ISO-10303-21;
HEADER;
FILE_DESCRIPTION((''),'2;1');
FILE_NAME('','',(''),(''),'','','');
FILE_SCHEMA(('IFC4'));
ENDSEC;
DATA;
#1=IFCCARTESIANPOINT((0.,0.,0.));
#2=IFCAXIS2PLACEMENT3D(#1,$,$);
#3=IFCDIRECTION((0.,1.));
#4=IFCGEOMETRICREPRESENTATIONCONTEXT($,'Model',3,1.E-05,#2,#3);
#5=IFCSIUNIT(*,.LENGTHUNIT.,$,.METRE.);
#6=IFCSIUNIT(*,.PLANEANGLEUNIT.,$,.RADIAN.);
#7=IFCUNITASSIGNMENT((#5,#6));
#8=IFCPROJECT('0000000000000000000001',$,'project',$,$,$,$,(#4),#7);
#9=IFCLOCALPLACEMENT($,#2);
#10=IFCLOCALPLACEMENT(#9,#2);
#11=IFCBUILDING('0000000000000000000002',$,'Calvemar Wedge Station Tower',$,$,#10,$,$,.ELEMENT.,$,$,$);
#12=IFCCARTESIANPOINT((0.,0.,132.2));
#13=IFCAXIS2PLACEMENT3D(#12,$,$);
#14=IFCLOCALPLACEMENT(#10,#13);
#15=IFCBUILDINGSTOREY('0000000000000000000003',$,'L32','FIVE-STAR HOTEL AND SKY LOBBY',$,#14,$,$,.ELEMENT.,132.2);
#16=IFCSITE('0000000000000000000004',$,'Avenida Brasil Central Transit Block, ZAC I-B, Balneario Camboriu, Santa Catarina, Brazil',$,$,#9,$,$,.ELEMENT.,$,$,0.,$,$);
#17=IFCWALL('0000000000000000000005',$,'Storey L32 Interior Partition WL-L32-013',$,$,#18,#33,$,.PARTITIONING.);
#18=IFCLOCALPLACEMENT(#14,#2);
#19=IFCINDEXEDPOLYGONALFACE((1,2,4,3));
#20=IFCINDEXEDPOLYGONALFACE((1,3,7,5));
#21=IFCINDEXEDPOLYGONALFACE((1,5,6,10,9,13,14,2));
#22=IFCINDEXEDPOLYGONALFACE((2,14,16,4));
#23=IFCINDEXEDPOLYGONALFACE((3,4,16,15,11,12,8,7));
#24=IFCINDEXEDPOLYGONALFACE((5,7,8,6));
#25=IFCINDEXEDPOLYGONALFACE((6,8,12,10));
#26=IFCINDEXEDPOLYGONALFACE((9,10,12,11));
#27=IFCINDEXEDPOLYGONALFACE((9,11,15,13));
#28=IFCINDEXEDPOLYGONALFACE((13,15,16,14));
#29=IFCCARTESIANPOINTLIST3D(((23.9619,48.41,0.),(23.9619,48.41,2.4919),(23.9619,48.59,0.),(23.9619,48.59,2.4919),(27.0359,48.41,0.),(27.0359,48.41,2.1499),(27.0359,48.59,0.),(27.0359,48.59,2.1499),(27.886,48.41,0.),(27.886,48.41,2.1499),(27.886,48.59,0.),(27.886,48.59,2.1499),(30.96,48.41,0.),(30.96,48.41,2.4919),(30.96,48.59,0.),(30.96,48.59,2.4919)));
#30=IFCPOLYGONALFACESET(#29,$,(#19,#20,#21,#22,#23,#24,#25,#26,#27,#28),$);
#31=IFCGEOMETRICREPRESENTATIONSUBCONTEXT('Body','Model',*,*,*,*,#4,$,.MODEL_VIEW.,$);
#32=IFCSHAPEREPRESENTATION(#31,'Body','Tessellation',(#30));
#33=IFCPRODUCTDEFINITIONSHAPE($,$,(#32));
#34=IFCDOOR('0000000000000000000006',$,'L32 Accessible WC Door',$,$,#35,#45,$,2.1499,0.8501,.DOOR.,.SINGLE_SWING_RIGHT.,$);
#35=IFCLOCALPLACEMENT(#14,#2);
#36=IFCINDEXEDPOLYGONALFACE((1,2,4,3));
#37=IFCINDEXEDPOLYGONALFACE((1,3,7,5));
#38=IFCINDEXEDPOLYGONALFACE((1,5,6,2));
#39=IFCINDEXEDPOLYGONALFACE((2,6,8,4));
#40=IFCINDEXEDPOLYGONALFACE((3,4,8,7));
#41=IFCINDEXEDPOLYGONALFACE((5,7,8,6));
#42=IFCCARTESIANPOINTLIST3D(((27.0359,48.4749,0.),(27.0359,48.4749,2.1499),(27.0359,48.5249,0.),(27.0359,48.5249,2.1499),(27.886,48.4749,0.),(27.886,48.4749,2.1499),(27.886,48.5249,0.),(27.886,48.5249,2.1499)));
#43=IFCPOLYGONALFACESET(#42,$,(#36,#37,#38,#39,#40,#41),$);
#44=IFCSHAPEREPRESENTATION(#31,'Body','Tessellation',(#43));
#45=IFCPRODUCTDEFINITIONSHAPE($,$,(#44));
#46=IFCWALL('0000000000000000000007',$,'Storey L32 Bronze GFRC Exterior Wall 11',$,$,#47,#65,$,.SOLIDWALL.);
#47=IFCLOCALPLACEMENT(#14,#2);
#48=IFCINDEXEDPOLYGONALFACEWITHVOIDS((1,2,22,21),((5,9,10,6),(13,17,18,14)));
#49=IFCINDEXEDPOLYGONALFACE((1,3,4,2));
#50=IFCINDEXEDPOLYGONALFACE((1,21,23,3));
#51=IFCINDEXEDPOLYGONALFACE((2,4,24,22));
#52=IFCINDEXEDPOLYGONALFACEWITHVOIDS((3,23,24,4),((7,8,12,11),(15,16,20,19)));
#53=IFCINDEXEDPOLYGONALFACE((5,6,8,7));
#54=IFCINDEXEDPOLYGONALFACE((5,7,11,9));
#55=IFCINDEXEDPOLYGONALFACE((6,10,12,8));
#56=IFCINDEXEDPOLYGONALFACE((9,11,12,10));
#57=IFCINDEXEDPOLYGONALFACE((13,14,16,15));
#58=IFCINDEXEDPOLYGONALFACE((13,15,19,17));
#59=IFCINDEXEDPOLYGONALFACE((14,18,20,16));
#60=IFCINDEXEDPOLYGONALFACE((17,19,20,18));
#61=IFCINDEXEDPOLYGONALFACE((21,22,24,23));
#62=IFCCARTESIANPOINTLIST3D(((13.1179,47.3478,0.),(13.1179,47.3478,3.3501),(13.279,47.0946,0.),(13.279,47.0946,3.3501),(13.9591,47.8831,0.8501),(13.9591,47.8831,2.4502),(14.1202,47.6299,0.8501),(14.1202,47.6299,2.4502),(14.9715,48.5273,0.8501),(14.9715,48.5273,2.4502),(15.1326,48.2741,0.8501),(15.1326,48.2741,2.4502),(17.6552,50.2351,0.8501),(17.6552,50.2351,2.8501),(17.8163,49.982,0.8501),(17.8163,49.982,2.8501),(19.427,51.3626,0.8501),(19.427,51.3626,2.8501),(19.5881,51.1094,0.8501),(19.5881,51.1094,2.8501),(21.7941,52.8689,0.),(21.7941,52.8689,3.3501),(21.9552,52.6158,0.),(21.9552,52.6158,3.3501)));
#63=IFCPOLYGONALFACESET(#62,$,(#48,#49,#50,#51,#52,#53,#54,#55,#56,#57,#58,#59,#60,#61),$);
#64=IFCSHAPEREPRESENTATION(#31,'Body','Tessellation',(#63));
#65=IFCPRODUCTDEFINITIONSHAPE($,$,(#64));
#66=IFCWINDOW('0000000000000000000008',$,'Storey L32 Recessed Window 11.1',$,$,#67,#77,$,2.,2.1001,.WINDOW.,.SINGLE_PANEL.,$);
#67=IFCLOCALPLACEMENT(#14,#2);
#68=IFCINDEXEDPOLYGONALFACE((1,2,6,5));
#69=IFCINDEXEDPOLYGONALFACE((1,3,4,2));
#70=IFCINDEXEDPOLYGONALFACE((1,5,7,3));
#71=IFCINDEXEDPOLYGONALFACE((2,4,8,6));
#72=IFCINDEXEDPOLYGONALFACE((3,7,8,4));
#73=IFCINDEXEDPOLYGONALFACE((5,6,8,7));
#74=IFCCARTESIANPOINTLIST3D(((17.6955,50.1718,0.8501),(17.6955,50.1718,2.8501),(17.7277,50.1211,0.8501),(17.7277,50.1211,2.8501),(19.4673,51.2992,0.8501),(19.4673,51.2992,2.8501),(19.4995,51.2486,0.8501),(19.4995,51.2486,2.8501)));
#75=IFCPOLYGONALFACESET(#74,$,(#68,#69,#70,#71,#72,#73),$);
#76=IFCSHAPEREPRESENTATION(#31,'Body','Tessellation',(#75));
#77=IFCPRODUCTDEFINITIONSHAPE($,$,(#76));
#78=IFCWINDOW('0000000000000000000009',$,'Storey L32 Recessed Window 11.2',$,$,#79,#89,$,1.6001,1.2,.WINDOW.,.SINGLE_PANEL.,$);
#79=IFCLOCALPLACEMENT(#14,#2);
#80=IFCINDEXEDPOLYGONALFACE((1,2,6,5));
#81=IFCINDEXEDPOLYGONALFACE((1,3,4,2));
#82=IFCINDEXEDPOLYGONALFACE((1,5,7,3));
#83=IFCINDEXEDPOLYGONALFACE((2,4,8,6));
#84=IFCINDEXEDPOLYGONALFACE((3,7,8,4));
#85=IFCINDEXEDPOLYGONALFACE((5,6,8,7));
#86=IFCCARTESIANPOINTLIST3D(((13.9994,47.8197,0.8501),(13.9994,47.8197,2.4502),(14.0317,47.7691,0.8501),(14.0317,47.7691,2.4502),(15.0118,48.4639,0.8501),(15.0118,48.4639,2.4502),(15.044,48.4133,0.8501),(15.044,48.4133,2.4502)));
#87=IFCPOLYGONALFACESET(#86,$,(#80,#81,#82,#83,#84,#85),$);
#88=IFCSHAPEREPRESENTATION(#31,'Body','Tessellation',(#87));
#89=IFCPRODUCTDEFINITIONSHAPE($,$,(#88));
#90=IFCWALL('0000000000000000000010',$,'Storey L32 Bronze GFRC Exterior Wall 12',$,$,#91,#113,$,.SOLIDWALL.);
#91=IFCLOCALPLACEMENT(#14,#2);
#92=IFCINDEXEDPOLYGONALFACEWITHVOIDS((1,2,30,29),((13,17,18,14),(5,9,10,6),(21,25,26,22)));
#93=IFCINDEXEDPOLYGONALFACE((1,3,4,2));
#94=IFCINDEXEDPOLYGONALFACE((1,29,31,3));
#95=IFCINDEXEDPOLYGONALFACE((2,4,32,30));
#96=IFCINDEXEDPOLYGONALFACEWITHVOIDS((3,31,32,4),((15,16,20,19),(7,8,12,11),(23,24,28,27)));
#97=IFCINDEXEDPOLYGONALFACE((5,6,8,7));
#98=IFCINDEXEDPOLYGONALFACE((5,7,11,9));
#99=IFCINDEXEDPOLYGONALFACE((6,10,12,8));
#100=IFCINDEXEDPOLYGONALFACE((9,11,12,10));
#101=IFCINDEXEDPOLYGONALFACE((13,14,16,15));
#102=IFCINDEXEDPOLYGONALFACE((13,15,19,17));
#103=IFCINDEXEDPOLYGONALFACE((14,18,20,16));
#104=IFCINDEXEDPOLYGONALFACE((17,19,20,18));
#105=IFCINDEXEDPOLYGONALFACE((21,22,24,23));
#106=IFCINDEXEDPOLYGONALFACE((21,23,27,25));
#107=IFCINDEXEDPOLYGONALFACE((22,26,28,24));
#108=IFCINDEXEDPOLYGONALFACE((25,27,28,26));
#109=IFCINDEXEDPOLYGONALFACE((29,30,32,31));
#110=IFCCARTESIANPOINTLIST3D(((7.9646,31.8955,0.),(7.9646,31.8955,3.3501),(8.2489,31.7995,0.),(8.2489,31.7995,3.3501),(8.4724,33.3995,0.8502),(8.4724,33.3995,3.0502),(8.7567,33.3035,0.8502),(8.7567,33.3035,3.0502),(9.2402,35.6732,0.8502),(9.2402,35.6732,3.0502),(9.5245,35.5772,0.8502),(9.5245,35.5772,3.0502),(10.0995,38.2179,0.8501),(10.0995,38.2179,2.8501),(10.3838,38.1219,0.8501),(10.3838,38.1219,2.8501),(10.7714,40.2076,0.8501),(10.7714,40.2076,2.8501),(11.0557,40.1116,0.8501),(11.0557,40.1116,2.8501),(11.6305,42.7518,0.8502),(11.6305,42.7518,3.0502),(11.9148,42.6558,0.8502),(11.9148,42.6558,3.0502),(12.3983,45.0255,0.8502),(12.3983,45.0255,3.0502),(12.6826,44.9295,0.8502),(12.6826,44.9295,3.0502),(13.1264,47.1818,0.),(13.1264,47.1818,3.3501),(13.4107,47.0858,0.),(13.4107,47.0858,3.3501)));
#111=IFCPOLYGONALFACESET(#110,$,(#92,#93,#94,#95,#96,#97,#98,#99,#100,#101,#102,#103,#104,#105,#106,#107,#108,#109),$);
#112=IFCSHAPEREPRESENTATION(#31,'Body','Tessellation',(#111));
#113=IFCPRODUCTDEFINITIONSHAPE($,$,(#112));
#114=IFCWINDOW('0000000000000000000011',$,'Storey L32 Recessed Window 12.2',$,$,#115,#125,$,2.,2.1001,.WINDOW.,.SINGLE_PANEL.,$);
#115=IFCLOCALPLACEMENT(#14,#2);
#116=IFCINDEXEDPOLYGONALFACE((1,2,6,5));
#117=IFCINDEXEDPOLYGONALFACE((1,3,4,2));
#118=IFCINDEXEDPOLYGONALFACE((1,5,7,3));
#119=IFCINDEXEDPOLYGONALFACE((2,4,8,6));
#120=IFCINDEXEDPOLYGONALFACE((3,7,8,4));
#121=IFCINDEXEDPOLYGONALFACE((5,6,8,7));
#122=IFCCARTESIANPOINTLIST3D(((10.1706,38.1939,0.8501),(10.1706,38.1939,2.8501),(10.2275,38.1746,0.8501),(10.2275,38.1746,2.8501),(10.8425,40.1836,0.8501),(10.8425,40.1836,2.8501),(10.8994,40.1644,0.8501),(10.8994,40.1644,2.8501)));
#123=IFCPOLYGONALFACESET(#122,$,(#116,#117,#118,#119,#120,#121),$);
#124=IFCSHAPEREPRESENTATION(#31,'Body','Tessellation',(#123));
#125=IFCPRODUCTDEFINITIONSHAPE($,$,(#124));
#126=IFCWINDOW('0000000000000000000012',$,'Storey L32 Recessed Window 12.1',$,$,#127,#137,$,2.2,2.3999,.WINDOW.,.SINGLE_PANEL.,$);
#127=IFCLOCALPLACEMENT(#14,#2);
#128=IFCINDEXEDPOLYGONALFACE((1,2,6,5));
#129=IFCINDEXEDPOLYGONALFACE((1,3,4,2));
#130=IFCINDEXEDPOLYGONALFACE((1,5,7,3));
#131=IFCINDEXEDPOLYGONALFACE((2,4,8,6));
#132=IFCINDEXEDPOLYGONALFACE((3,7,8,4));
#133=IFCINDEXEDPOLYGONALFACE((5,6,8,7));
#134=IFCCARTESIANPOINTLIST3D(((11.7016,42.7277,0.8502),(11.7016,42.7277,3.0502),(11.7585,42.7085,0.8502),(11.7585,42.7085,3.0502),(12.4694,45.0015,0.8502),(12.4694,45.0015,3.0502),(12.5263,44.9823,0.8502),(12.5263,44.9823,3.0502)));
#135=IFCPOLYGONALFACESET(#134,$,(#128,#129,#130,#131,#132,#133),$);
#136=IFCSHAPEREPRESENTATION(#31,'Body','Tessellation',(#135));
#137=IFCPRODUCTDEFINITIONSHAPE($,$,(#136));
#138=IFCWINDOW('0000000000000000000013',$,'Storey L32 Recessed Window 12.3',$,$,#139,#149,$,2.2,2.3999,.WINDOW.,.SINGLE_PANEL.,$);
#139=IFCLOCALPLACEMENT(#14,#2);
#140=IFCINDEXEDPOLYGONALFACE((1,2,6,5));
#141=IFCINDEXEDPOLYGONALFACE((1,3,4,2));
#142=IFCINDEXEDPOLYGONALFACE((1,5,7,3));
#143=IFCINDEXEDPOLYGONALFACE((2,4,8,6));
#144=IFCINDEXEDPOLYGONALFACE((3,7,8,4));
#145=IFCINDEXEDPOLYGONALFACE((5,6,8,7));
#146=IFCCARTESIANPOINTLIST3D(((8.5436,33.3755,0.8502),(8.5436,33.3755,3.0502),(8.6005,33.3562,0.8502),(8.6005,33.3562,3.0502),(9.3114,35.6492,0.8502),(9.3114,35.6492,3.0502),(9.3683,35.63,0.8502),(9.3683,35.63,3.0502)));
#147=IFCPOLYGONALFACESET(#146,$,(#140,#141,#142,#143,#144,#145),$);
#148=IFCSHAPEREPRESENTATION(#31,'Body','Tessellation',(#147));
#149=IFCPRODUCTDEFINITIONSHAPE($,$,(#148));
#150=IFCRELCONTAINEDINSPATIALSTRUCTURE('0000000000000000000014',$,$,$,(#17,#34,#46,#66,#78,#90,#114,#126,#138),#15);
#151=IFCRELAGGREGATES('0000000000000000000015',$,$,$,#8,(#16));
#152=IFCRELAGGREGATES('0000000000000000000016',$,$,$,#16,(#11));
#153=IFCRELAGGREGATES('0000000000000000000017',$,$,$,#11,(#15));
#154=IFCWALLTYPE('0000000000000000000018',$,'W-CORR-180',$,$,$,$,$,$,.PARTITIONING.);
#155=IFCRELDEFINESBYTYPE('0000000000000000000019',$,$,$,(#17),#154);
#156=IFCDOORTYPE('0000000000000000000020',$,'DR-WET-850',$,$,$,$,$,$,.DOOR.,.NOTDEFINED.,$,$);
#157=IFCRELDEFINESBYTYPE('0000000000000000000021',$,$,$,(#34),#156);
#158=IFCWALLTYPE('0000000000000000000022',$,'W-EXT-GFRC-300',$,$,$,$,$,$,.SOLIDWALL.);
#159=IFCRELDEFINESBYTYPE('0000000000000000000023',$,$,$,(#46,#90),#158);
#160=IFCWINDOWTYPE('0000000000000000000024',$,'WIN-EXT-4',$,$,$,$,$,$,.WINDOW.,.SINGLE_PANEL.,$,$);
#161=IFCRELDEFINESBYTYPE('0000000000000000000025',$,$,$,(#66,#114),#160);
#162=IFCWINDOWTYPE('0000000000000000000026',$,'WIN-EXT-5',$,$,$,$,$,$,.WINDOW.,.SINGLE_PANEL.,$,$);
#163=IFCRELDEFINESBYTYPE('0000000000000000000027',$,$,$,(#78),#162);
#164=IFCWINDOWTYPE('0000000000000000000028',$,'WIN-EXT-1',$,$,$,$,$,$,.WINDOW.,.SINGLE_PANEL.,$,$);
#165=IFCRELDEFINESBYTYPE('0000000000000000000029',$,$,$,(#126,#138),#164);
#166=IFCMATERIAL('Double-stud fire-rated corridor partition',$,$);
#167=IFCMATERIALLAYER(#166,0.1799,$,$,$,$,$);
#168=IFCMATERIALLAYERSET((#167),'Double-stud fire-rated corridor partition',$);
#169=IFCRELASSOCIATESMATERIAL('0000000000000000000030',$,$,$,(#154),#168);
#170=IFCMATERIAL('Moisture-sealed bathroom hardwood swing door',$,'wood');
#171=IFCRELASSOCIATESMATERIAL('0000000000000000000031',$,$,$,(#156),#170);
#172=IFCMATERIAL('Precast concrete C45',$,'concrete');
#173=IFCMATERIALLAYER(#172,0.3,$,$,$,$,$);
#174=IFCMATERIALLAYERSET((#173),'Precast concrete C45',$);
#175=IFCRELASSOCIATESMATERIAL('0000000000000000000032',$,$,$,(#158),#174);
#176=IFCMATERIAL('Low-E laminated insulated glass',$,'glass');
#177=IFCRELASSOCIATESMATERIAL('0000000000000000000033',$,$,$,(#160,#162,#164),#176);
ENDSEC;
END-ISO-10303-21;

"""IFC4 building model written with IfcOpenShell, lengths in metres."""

from ifc_helpers import new_model, si_unit, direction, frame, frame_2d, origin, place, context, subcontext, project, spatial, rectangle, extrude, source, transform, mapped, material, layer, layer_set, type_object, element, fill, save


model = new_model("IFC4")

# Units and contexts
model_context = context("Model", 3, precision=1e-05, world=origin(), true_north=direction((0.0, 1.0)))
body_context = subcontext(model_context, "Body", "Model", "MODEL_VIEW")
ifc_project = project(units=[si_unit("LENGTHUNIT", "METRE"), si_unit("PLANEANGLEUNIT", "RADIAN")], contexts=[model_context])

# Site, building, storey
site_placement = place(None, origin())
site = spatial("IfcSite", under=ifc_project, at=site_placement, Name="Avenida Brasil Central Transit Block, ZAC I-B, Balneario Camboriu, Santa Catarina, Brazil", CompositionType="ELEMENT", RefElevation=0.0)
building_placement = place(site_placement, origin())
building = spatial("IfcBuilding", under=site, at=building_placement, Name="Calvemar Wedge Station Tower", CompositionType="ELEMENT")
storey_placement = place(building_placement, frame((0.0, 0.0, 132.2)))
storey = spatial("IfcBuildingStorey", under=building, at=storey_placement, Name="L32", Description="FIVE-STAR HOTEL AND SKY LOBBY", CompositionType="ELEMENT", Elevation=132.2)

# Shared definitions
ifc_material_1 = material(Name="Precast concrete C45", Category="concrete")

# Shared definitions
ifc_material_2 = material(Name="Double-stud fire-rated corridor partition")
ifc_layer_1 = layer(ifc_material_2, 0.1799)
ifc_layer_set_1 = layer_set([ifc_layer_1], Name="Double-stud fire-rated corridor partition")
wall_type_1 = type_object("IfcWallType", Name="W-CORR-180", PredefinedType="PARTITIONING", material=ifc_layer_set_1)

# Wall, opening, door
wall_1_placement = place(storey_placement, frame((23.9619, 48.5, 0.0), z_axis=(0.0, 0.0, 1.0), x_axis=(1.0, 0.0, 0.0)))
wall_1 = element("IfcWall", 1, at=wall_1_placement, inside=storey, type_object=wall_type_1, Name="Storey L32 Interior Partition WL-L32-013", PredefinedType="PARTITIONING", context=body_context, shape_type="SweptSolid", body=[
    extrude(rectangle(XDim=6.998, YDim=0.1799, at=frame_2d((3.499, 0.0))), origin(), (0.0, 0.0, 1.0), 2.4919),
])
shared_shape_1 = source(origin(), body_context, "Body", "SweptSolid", [
    extrude(rectangle(XDim=0.8501, YDim=2.1499, at=frame_2d((0.425, 1.075))), frame((0.0, 0.1001, 0.0), z_axis=(0.0, -1.0, 0.0), x_axis=(1.0, 0.0, 0.0)), (0.0, 0.0, 1.0), 0.2),
])
opening_1_placement = place(wall_1_placement, frame((3.074, 0.0, 0.0)))
opening_1 = element("IfcOpeningElement", 2, at=opening_1_placement, cuts=wall_1, PredefinedType="OPENING", context=body_context, shape_type="MappedRepresentation", body=[
    mapped(shared_shape_1, transform((0.0, 0.0, 0.0), scale=1.0)),
])
ifc_material_3 = material(Name="Moisture-sealed bathroom hardwood swing door", Category="wood")
door_type_1 = type_object("IfcDoorType", Name="DR-WET-850", OperationType="NOTDEFINED", PredefinedType="DOOR", material=ifc_material_3)
shared_shape_2 = source(origin(), body_context, "Body", "SweptSolid", [
    extrude(rectangle(XDim=0.8501, YDim=2.1499, at=frame_2d((0.425, 1.075))), frame((0.0, 0.0249, 0.0), z_axis=(0.0, -1.0, 0.0), x_axis=(1.0, 0.0, 0.0)), (0.0, 0.0, 1.0), 0.05),
])
door_1_placement = place(opening_1_placement, origin())
door_1 = element("IfcDoor", 3, at=door_1_placement, inside=storey, type_object=door_type_1, Name="L32 Accessible WC Door", OperationType="SINGLE_SWING_RIGHT", OverallHeight=2.1499, OverallWidth=0.8501, PredefinedType="DOOR", context=body_context, shape_type="MappedRepresentation", body=[
    mapped(shared_shape_2, transform((0.0, 0.0, 0.0), scale=1.0)),
])
fill(opening_1, door_1)

# Walls, openings, windows
ifc_layer_2 = layer(ifc_material_1, 0.3)
ifc_layer_set_2 = layer_set([ifc_layer_2], Name="Precast concrete C45")
wall_type_2 = type_object("IfcWallType", Name="W-EXT-GFRC-300", PredefinedType="SOLIDWALL", material=ifc_layer_set_2)
wall_2_placement = place(storey_placement, frame((21.8748, 52.7424, 0.0), z_axis=(0.0, 0.0, 1.0), x_axis=(-0.843662, -0.536874, 0.0)))
wall_2 = element("IfcWall", 4, at=wall_2_placement, inside=storey, type_object=wall_type_2, Name="Storey L32 Bronze GFRC Exterior Wall 11", PredefinedType="SOLIDWALL", context=body_context, shape_type="SweptSolid", body=[
    extrude(rectangle(XDim=10.2839, YDim=0.3, at=frame_2d((5.1421, 0.0))), origin(), (0.0, 0.0, 1.0), 3.3501),
])
shared_shape_3 = source(origin(), body_context, "Body", "SweptSolid", [
    extrude(rectangle(XDim=2.1001, YDim=2.0, at=frame_2d((1.05, 1.0))), frame((0.0, 0.1602, 0.0), z_axis=(0.0, -1.0, 0.0), x_axis=(1.0, 0.0, 0.0)), (0.0, 0.0, 1.0), 0.3201),
])
opening_2_placement = place(wall_2_placement, frame((2.8059, 0.0, 0.8501)))
opening_2 = element("IfcOpeningElement", 5, at=opening_2_placement, cuts=wall_2, PredefinedType="OPENING", context=body_context, shape_type="MappedRepresentation", body=[
    mapped(shared_shape_3, transform((0.0, 0.0, 0.0), scale=1.0)),
])
shared_shape_4 = source(origin(), body_context, "Body", "SweptSolid", [
    extrude(rectangle(XDim=1.2, YDim=1.6001, at=frame_2d((0.6001, 0.8))), frame((0.0, 0.1602, 0.0), z_axis=(0.0, -1.0, 0.0), x_axis=(1.0, 0.0, 0.0)), (0.0, 0.0, 1.0), 0.3201),
])
opening_3_placement = place(wall_2_placement, frame((8.0869, 0.0, 0.8501)))
opening_3 = element("IfcOpeningElement", 6, at=opening_3_placement, cuts=wall_2, PredefinedType="OPENING", context=body_context, shape_type="MappedRepresentation", body=[
    mapped(shared_shape_4, transform((0.0, 0.0, 0.0), scale=1.0)),
])
ifc_material_4 = material(Name="Low-E laminated insulated glass", Category="glass")
window_type_1 = type_object("IfcWindowType", Name="WIN-EXT-4", PartitioningType="SINGLE_PANEL", PredefinedType="WINDOW", material=ifc_material_4)
shared_shape_5 = source(origin(), body_context, "Body", "SweptSolid", [
    extrude(rectangle(XDim=2.1001, YDim=2.0, at=frame_2d((1.05, 1.0))), frame((0.0, -0.0149, 0.0), z_axis=(0.0, -1.0, 0.0), x_axis=(1.0, 0.0, 0.0)), (0.0, 0.0, 1.0), 0.0601),
])
window_1_placement = place(opening_2_placement, origin())
window_1 = element("IfcWindow", 7, at=window_1_placement, inside=storey, type_object=window_type_1, Name="Storey L32 Recessed Window 11.1", OverallHeight=2.0, OverallWidth=2.1001, PartitioningType="SINGLE_PANEL", PredefinedType="WINDOW", context=body_context, shape_type="MappedRepresentation", body=[
    mapped(shared_shape_5, transform((0.0, 0.0, 0.0), scale=1.0)),
])
fill(opening_2, window_1)
window_type_2 = type_object("IfcWindowType", Name="WIN-EXT-5", PartitioningType="SINGLE_PANEL", PredefinedType="WINDOW", material=ifc_material_4)
shared_shape_6 = source(origin(), body_context, "Body", "SweptSolid", [
    extrude(rectangle(XDim=1.2, YDim=1.6001, at=frame_2d((0.6001, 0.8))), frame((0.0, -0.0149, 0.0), z_axis=(0.0, -1.0, 0.0), x_axis=(1.0, 0.0, 0.0)), (0.0, 0.0, 1.0), 0.0601),
])
window_2_placement = place(opening_3_placement, origin())
window_2 = element("IfcWindow", 8, at=window_2_placement, inside=storey, type_object=window_type_2, Name="Storey L32 Recessed Window 11.2", OverallHeight=1.6001, OverallWidth=1.2, PartitioningType="SINGLE_PANEL", PredefinedType="WINDOW", context=body_context, shape_type="MappedRepresentation", body=[
    mapped(shared_shape_6, transform((0.0, 0.0, 0.0), scale=1.0)),
])
fill(opening_3, window_2)
wall_3_placement = place(storey_placement, frame((13.2686, 47.1338, 0.0), z_axis=(0.0, 0.0, 1.0), x_axis=(-0.31993, -0.947441, 0.0)))
wall_3 = element("IfcWall", 9, at=wall_3_placement, inside=storey, type_object=wall_type_2, Name="Storey L32 Bronze GFRC Exterior Wall 12", PredefinedType="SOLIDWALL", context=body_context, shape_type="SweptSolid", body=[
    extrude(rectangle(XDim=16.1343, YDim=0.3, at=frame_2d((8.0671, 0.0))), origin(), (0.0, 0.0, 1.0), 3.3501),
])
shared_shape_7 = source(origin(), body_context, "Body", "SweptSolid", [
    extrude(rectangle(XDim=2.3999, YDim=2.2, at=frame_2d((1.2, 1.1001))), frame((0.0, 0.1602, 0.0), z_axis=(0.0, -1.0, 0.0), x_axis=(1.0, 0.0, 0.0)), (0.0, 0.0, 1.0), 0.3201),
])
opening_4_placement = place(wall_3_placement, frame((2.2759, 0.0, 0.8501)))
opening_4 = element("IfcOpeningElement", 10, at=opening_4_placement, cuts=wall_3, PredefinedType="OPENING", context=body_context, shape_type="MappedRepresentation", body=[
    mapped(shared_shape_7, transform((0.0, 0.0, 0.0), scale=1.0)),
])
opening_5_placement = place(wall_3_placement, frame((7.3611, 0.0, 0.8501)))
opening_5 = element("IfcOpeningElement", 11, at=opening_5_placement, cuts=wall_3, PredefinedType="OPENING", context=body_context, shape_type="MappedRepresentation", body=[
    mapped(shared_shape_3, transform((0.0, 0.0, 0.0), scale=1.0)),
])
opening_6_placement = place(wall_3_placement, frame((12.147, 0.0, 0.8501)))
opening_6 = element("IfcOpeningElement", 12, at=opening_6_placement, cuts=wall_3, PredefinedType="OPENING", context=body_context, shape_type="MappedRepresentation", body=[
    mapped(shared_shape_7, transform((0.0, 0.0, 0.0), scale=1.0)),
])
window_3_placement = place(opening_5_placement, origin())
window_3 = element("IfcWindow", 13, at=window_3_placement, inside=storey, type_object=window_type_1, Name="Storey L32 Recessed Window 12.2", OverallHeight=2.0, OverallWidth=2.1001, PartitioningType="SINGLE_PANEL", PredefinedType="WINDOW", context=body_context, shape_type="MappedRepresentation", body=[
    mapped(shared_shape_5, transform((0.0, 0.0, 0.0), scale=1.0)),
])
fill(opening_5, window_3)
window_type_3 = type_object("IfcWindowType", Name="WIN-EXT-1", PartitioningType="SINGLE_PANEL", PredefinedType="WINDOW", material=ifc_material_4)
shared_shape_8 = source(origin(), body_context, "Body", "SweptSolid", [
    extrude(rectangle(XDim=2.3999, YDim=2.2, at=frame_2d((1.2, 1.1001))), frame((0.0, -0.0149, 0.0), z_axis=(0.0, -1.0, 0.0), x_axis=(1.0, 0.0, 0.0)), (0.0, 0.0, 1.0), 0.0601),
])
window_4_placement = place(opening_4_placement, origin())
window_4 = element("IfcWindow", 14, at=window_4_placement, inside=storey, type_object=window_type_3, Name="Storey L32 Recessed Window 12.1", OverallHeight=2.2, OverallWidth=2.3999, PartitioningType="SINGLE_PANEL", PredefinedType="WINDOW", context=body_context, shape_type="MappedRepresentation", body=[
    mapped(shared_shape_8, transform((0.0, 0.0, 0.0), scale=1.0)),
])
fill(opening_4, window_4)
window_5_placement = place(opening_6_placement, origin())
window_5 = element("IfcWindow", 15, at=window_5_placement, inside=storey, type_object=window_type_3, Name="Storey L32 Recessed Window 12.3", OverallHeight=2.2, OverallWidth=2.3999, PartitioningType="SINGLE_PANEL", PredefinedType="WINDOW", context=body_context, shape_type="MappedRepresentation", body=[
    mapped(shared_shape_8, transform((0.0, 0.0, 0.0), scale=1.0)),
])
fill(opening_6, window_5)

save(model, "model.ifc")
